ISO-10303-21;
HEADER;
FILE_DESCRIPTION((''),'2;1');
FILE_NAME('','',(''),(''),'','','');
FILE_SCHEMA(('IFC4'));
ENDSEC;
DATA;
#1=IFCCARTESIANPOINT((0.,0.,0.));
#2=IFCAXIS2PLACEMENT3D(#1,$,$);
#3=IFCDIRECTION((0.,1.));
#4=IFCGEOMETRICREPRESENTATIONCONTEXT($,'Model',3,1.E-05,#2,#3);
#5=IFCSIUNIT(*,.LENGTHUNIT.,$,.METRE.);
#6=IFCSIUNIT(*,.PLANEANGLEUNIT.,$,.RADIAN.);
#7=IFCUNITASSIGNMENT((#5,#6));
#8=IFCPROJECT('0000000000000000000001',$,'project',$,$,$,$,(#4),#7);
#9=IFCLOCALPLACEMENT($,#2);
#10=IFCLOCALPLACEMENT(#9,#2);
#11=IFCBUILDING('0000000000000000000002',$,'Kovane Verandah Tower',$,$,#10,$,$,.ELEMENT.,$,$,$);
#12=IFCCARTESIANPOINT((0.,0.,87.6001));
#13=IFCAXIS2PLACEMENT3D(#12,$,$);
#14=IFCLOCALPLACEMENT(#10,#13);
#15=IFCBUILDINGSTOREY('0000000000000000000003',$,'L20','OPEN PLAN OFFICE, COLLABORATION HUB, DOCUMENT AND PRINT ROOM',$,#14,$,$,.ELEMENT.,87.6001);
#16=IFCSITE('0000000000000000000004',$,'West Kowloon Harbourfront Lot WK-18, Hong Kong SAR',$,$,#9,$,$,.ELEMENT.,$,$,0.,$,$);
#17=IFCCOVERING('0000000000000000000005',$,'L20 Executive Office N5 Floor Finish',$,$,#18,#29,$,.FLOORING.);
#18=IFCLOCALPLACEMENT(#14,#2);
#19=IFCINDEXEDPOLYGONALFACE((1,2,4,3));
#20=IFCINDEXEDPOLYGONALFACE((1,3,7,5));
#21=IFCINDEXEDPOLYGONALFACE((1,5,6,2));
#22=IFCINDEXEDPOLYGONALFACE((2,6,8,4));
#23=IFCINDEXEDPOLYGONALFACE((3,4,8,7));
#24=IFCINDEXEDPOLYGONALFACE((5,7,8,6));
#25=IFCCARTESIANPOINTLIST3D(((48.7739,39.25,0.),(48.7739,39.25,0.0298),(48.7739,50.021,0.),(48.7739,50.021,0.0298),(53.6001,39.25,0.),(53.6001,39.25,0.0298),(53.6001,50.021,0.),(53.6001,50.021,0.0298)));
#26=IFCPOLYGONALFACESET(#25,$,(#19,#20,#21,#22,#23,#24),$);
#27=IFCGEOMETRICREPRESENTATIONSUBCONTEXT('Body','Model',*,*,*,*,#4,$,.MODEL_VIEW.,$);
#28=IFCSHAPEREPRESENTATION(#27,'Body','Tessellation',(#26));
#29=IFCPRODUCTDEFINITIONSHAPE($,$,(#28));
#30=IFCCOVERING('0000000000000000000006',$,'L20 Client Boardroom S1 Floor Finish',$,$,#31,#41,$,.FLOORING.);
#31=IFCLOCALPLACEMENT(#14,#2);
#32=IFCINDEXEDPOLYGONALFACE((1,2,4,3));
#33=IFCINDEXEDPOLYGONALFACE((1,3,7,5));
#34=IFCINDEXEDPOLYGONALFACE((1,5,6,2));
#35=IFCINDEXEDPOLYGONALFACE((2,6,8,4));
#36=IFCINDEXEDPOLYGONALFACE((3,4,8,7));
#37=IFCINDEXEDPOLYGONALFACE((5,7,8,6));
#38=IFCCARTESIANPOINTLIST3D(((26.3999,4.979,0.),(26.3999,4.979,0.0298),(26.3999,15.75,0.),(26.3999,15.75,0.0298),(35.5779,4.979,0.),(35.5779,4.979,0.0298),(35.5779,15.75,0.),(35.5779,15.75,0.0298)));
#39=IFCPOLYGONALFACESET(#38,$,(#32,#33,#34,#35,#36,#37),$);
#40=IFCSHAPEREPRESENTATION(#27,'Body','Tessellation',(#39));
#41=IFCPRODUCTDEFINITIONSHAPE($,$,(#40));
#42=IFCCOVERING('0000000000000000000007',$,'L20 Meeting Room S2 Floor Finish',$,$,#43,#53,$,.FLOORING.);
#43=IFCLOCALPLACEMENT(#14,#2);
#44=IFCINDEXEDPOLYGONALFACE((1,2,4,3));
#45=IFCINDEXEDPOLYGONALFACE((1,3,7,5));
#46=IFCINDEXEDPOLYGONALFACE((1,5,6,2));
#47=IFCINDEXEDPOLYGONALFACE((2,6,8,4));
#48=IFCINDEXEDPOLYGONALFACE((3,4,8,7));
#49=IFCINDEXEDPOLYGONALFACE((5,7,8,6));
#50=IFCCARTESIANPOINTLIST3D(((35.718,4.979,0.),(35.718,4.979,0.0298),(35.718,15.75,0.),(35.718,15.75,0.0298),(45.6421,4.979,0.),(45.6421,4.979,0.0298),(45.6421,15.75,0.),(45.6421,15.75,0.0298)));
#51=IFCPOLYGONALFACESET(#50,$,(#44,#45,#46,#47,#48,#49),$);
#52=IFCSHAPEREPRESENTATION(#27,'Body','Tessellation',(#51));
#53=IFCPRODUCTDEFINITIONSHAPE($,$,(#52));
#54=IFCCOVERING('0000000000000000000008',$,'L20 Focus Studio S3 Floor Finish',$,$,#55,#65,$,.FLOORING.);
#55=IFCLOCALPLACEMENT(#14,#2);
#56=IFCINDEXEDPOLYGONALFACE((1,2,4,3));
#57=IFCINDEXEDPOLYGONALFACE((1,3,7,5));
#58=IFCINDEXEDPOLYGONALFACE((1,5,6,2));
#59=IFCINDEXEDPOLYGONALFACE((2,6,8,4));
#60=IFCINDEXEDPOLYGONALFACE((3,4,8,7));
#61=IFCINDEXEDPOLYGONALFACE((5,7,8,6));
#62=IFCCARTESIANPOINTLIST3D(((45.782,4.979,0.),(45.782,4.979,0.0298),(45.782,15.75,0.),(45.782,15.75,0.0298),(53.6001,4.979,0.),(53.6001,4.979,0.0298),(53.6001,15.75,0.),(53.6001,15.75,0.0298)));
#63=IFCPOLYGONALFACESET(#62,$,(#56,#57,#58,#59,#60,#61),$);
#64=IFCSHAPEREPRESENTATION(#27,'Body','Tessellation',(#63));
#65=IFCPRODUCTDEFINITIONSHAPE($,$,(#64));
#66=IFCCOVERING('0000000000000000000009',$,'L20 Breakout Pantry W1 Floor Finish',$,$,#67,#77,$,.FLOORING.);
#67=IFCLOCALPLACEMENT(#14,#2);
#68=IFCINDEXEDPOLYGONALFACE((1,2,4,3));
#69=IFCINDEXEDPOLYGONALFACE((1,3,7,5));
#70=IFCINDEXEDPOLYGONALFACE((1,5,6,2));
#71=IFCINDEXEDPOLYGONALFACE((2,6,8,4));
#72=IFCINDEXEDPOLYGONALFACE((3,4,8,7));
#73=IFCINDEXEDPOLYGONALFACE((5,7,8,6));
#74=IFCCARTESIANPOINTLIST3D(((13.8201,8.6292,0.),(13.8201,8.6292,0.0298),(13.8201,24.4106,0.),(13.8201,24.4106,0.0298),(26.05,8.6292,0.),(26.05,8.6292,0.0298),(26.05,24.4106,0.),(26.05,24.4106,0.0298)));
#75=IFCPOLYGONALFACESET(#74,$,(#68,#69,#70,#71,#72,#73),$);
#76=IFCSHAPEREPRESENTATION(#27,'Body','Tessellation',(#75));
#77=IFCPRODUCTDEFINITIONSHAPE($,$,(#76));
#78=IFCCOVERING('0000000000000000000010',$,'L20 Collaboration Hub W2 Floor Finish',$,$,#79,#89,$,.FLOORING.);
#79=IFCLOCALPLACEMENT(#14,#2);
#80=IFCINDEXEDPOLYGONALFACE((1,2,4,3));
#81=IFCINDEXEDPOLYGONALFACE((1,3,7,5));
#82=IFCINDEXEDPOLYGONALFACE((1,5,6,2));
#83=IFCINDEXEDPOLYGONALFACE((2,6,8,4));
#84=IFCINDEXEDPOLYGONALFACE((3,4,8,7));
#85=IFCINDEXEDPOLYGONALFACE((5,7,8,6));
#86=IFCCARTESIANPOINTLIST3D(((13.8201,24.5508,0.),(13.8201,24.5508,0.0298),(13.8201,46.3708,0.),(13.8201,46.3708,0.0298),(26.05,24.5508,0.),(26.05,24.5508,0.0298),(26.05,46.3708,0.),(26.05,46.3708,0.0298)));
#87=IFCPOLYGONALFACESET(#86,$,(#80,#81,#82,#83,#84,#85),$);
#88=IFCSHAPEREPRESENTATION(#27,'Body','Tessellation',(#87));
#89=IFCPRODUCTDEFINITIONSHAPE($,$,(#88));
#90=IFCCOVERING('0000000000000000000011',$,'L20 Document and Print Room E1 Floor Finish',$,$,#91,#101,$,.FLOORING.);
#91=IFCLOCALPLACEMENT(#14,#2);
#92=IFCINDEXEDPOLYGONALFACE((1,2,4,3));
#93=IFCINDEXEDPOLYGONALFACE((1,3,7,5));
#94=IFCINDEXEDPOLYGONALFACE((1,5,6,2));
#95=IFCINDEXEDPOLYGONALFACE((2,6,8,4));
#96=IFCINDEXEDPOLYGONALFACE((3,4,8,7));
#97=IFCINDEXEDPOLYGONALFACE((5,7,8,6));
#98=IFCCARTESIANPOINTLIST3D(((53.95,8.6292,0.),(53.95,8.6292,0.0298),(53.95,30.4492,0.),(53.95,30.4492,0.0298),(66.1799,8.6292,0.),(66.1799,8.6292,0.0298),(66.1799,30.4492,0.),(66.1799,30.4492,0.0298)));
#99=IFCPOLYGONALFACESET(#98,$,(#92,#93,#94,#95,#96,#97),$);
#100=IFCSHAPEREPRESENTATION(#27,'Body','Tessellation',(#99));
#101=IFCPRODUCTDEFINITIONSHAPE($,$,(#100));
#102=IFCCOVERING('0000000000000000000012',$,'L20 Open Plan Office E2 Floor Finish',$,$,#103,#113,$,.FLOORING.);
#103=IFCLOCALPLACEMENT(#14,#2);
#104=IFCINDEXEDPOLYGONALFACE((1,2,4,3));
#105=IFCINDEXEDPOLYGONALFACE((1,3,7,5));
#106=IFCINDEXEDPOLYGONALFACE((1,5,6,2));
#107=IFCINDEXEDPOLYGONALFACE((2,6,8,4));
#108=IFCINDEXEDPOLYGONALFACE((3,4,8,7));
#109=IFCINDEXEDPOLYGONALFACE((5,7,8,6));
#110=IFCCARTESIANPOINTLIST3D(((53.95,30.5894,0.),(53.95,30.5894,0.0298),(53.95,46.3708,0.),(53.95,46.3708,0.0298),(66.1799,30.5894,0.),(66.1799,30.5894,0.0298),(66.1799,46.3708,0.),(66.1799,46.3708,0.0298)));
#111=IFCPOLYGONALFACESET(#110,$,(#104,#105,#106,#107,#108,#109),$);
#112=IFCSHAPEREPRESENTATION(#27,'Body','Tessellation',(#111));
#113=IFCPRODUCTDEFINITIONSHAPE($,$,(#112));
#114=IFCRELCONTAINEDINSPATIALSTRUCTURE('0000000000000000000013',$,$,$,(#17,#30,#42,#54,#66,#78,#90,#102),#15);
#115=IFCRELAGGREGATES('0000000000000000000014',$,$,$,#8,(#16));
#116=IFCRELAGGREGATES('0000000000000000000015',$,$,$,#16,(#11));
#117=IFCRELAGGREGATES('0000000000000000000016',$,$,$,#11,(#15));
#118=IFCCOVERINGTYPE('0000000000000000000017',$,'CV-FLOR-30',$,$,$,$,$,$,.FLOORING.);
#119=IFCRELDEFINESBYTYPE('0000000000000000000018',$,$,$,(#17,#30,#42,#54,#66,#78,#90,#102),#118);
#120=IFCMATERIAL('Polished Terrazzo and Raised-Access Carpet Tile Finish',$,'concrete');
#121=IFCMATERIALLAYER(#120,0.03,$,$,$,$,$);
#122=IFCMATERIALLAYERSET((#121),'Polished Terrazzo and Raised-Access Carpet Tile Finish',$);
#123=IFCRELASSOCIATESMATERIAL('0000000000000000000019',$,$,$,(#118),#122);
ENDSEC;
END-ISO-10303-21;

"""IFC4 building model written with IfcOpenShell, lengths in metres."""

from ifc_helpers import new_model, si_unit, direction, frame, origin, place, context, subcontext, project, spatial, polyline, outline, extrude, material, layer, layer_set, type_object, element, save


model = new_model("IFC4")

# Units and contexts
model_context = context("Model", 3, precision=1e-05, world=origin(), true_north=direction((0.0, 1.0)))
body_context = subcontext(model_context, "Body", "Model", "MODEL_VIEW")
ifc_project = project(units=[si_unit("LENGTHUNIT", "METRE"), si_unit("PLANEANGLEUNIT", "RADIAN")], contexts=[model_context])

# Site, building, storey
site_placement = place(None, origin())
site = spatial("IfcSite", under=ifc_project, at=site_placement, Name="West Kowloon Harbourfront Lot WK-18, Hong Kong SAR", CompositionType="ELEMENT", RefElevation=0.0)
building_placement = place(site_placement, origin())
building = spatial("IfcBuilding", under=site, at=building_placement, Name="Kovane Verandah Tower", CompositionType="ELEMENT")
storey_placement = place(building_placement, frame((0.0, 0.0, 87.6001)))
storey = spatial("IfcBuildingStorey", under=building, at=storey_placement, Name="L20", Description="OPEN PLAN OFFICE, COLLABORATION HUB, DOCUMENT AND PRINT ROOM", CompositionType="ELEMENT", Elevation=87.6001)

# Coverings
ifc_material_1 = material(Name="Polished Terrazzo and Raised-Access Carpet Tile Finish", Category="concrete")
ifc_layer_1 = layer(ifc_material_1, 0.03)
ifc_layer_set_1 = layer_set([ifc_layer_1], Name="Polished Terrazzo and Raised-Access Carpet Tile Finish")
covering_type_1 = type_object("IfcCoveringType", Name="CV-FLOR-30", PredefinedType="FLOORING", material=ifc_layer_set_1)
covering_1_placement = place(storey_placement, origin())
element("IfcCovering", 1, at=covering_1_placement, inside=storey, type_object=covering_type_1, Name="L20 Executive Office N5 Floor Finish", PredefinedType="FLOORING", context=body_context, shape_type="SweptSolid", body=[
    extrude(outline(polyline([(48.7739, 39.25), (53.6001, 39.25), (53.6001, 50.021), (48.7739, 50.021), (48.7739, 39.25)])), origin(), (0.0, 0.0, 1.0), 0.0298),
])
covering_2_placement = place(storey_placement, origin())
element("IfcCovering", 2, at=covering_2_placement, inside=storey, type_object=covering_type_1, Name="L20 Client Boardroom S1 Floor Finish", PredefinedType="FLOORING", context=body_context, shape_type="SweptSolid", body=[
    extrude(outline(polyline([(26.3999, 4.979), (35.5779, 4.979), (35.5779, 15.75), (26.3999, 15.75), (26.3999, 4.979)])), origin(), (0.0, 0.0, 1.0), 0.0298),
])
covering_3_placement = place(storey_placement, origin())
element("IfcCovering", 3, at=covering_3_placement, inside=storey, type_object=covering_type_1, Name="L20 Meeting Room S2 Floor Finish", PredefinedType="FLOORING", context=body_context, shape_type="SweptSolid", body=[
    extrude(outline(polyline([(35.718, 4.979), (45.6421, 4.979), (45.6421, 15.75), (35.718, 15.75), (35.718, 4.979)])), origin(), (0.0, 0.0, 1.0), 0.0298),
])
covering_4_placement = place(storey_placement, origin())
element("IfcCovering", 4, at=covering_4_placement, inside=storey, type_object=covering_type_1, Name="L20 Focus Studio S3 Floor Finish", PredefinedType="FLOORING", context=body_context, shape_type="SweptSolid", body=[
    extrude(outline(polyline([(45.782, 4.979), (53.6001, 4.979), (53.6001, 15.75), (45.782, 15.75), (45.782, 4.979)])), origin(), (0.0, 0.0, 1.0), 0.0298),
])
covering_5_placement = place(storey_placement, origin())
element("IfcCovering", 5, at=covering_5_placement, inside=storey, type_object=covering_type_1, Name="L20 Breakout Pantry W1 Floor Finish", PredefinedType="FLOORING", context=body_context, shape_type="SweptSolid", body=[
    extrude(outline(polyline([(13.8201, 8.6292), (26.05, 8.6292), (26.05, 24.4106), (13.8201, 24.4106), (13.8201, 8.6292)])), origin(), (0.0, 0.0, 1.0), 0.0298),
])
covering_6_placement = place(storey_placement, origin())
element("IfcCovering", 6, at=covering_6_placement, inside=storey, type_object=covering_type_1, Name="L20 Collaboration Hub W2 Floor Finish", PredefinedType="FLOORING", context=body_context, shape_type="SweptSolid", body=[
    extrude(outline(polyline([(13.8201, 24.5508), (26.05, 24.5508), (26.05, 46.3708), (13.8201, 46.3708), (13.8201, 24.5508)])), origin(), (0.0, 0.0, 1.0), 0.0298),
])
covering_7_placement = place(storey_placement, origin())
element("IfcCovering", 7, at=covering_7_placement, inside=storey, type_object=covering_type_1, Name="L20 Document and Print Room E1 Floor Finish", PredefinedType="FLOORING", context=body_context, shape_type="SweptSolid", body=[
    extrude(outline(polyline([(53.95, 8.6292), (66.1799, 8.6292), (66.1799, 30.4492), (53.95, 30.4492), (53.95, 8.6292)])), origin(), (0.0, 0.0, 1.0), 0.0298),
])
covering_8_placement = place(storey_placement, origin())
element("IfcCovering", 8, at=covering_8_placement, inside=storey, type_object=covering_type_1, Name="L20 Open Plan Office E2 Floor Finish", PredefinedType="FLOORING", context=body_context, shape_type="SweptSolid", body=[
    extrude(outline(polyline([(53.95, 30.5894), (66.1799, 30.5894), (66.1799, 46.3708), (53.95, 46.3708), (53.95, 30.5894)])), origin(), (0.0, 0.0, 1.0), 0.0298),
])

save(model, "model.ifc")
